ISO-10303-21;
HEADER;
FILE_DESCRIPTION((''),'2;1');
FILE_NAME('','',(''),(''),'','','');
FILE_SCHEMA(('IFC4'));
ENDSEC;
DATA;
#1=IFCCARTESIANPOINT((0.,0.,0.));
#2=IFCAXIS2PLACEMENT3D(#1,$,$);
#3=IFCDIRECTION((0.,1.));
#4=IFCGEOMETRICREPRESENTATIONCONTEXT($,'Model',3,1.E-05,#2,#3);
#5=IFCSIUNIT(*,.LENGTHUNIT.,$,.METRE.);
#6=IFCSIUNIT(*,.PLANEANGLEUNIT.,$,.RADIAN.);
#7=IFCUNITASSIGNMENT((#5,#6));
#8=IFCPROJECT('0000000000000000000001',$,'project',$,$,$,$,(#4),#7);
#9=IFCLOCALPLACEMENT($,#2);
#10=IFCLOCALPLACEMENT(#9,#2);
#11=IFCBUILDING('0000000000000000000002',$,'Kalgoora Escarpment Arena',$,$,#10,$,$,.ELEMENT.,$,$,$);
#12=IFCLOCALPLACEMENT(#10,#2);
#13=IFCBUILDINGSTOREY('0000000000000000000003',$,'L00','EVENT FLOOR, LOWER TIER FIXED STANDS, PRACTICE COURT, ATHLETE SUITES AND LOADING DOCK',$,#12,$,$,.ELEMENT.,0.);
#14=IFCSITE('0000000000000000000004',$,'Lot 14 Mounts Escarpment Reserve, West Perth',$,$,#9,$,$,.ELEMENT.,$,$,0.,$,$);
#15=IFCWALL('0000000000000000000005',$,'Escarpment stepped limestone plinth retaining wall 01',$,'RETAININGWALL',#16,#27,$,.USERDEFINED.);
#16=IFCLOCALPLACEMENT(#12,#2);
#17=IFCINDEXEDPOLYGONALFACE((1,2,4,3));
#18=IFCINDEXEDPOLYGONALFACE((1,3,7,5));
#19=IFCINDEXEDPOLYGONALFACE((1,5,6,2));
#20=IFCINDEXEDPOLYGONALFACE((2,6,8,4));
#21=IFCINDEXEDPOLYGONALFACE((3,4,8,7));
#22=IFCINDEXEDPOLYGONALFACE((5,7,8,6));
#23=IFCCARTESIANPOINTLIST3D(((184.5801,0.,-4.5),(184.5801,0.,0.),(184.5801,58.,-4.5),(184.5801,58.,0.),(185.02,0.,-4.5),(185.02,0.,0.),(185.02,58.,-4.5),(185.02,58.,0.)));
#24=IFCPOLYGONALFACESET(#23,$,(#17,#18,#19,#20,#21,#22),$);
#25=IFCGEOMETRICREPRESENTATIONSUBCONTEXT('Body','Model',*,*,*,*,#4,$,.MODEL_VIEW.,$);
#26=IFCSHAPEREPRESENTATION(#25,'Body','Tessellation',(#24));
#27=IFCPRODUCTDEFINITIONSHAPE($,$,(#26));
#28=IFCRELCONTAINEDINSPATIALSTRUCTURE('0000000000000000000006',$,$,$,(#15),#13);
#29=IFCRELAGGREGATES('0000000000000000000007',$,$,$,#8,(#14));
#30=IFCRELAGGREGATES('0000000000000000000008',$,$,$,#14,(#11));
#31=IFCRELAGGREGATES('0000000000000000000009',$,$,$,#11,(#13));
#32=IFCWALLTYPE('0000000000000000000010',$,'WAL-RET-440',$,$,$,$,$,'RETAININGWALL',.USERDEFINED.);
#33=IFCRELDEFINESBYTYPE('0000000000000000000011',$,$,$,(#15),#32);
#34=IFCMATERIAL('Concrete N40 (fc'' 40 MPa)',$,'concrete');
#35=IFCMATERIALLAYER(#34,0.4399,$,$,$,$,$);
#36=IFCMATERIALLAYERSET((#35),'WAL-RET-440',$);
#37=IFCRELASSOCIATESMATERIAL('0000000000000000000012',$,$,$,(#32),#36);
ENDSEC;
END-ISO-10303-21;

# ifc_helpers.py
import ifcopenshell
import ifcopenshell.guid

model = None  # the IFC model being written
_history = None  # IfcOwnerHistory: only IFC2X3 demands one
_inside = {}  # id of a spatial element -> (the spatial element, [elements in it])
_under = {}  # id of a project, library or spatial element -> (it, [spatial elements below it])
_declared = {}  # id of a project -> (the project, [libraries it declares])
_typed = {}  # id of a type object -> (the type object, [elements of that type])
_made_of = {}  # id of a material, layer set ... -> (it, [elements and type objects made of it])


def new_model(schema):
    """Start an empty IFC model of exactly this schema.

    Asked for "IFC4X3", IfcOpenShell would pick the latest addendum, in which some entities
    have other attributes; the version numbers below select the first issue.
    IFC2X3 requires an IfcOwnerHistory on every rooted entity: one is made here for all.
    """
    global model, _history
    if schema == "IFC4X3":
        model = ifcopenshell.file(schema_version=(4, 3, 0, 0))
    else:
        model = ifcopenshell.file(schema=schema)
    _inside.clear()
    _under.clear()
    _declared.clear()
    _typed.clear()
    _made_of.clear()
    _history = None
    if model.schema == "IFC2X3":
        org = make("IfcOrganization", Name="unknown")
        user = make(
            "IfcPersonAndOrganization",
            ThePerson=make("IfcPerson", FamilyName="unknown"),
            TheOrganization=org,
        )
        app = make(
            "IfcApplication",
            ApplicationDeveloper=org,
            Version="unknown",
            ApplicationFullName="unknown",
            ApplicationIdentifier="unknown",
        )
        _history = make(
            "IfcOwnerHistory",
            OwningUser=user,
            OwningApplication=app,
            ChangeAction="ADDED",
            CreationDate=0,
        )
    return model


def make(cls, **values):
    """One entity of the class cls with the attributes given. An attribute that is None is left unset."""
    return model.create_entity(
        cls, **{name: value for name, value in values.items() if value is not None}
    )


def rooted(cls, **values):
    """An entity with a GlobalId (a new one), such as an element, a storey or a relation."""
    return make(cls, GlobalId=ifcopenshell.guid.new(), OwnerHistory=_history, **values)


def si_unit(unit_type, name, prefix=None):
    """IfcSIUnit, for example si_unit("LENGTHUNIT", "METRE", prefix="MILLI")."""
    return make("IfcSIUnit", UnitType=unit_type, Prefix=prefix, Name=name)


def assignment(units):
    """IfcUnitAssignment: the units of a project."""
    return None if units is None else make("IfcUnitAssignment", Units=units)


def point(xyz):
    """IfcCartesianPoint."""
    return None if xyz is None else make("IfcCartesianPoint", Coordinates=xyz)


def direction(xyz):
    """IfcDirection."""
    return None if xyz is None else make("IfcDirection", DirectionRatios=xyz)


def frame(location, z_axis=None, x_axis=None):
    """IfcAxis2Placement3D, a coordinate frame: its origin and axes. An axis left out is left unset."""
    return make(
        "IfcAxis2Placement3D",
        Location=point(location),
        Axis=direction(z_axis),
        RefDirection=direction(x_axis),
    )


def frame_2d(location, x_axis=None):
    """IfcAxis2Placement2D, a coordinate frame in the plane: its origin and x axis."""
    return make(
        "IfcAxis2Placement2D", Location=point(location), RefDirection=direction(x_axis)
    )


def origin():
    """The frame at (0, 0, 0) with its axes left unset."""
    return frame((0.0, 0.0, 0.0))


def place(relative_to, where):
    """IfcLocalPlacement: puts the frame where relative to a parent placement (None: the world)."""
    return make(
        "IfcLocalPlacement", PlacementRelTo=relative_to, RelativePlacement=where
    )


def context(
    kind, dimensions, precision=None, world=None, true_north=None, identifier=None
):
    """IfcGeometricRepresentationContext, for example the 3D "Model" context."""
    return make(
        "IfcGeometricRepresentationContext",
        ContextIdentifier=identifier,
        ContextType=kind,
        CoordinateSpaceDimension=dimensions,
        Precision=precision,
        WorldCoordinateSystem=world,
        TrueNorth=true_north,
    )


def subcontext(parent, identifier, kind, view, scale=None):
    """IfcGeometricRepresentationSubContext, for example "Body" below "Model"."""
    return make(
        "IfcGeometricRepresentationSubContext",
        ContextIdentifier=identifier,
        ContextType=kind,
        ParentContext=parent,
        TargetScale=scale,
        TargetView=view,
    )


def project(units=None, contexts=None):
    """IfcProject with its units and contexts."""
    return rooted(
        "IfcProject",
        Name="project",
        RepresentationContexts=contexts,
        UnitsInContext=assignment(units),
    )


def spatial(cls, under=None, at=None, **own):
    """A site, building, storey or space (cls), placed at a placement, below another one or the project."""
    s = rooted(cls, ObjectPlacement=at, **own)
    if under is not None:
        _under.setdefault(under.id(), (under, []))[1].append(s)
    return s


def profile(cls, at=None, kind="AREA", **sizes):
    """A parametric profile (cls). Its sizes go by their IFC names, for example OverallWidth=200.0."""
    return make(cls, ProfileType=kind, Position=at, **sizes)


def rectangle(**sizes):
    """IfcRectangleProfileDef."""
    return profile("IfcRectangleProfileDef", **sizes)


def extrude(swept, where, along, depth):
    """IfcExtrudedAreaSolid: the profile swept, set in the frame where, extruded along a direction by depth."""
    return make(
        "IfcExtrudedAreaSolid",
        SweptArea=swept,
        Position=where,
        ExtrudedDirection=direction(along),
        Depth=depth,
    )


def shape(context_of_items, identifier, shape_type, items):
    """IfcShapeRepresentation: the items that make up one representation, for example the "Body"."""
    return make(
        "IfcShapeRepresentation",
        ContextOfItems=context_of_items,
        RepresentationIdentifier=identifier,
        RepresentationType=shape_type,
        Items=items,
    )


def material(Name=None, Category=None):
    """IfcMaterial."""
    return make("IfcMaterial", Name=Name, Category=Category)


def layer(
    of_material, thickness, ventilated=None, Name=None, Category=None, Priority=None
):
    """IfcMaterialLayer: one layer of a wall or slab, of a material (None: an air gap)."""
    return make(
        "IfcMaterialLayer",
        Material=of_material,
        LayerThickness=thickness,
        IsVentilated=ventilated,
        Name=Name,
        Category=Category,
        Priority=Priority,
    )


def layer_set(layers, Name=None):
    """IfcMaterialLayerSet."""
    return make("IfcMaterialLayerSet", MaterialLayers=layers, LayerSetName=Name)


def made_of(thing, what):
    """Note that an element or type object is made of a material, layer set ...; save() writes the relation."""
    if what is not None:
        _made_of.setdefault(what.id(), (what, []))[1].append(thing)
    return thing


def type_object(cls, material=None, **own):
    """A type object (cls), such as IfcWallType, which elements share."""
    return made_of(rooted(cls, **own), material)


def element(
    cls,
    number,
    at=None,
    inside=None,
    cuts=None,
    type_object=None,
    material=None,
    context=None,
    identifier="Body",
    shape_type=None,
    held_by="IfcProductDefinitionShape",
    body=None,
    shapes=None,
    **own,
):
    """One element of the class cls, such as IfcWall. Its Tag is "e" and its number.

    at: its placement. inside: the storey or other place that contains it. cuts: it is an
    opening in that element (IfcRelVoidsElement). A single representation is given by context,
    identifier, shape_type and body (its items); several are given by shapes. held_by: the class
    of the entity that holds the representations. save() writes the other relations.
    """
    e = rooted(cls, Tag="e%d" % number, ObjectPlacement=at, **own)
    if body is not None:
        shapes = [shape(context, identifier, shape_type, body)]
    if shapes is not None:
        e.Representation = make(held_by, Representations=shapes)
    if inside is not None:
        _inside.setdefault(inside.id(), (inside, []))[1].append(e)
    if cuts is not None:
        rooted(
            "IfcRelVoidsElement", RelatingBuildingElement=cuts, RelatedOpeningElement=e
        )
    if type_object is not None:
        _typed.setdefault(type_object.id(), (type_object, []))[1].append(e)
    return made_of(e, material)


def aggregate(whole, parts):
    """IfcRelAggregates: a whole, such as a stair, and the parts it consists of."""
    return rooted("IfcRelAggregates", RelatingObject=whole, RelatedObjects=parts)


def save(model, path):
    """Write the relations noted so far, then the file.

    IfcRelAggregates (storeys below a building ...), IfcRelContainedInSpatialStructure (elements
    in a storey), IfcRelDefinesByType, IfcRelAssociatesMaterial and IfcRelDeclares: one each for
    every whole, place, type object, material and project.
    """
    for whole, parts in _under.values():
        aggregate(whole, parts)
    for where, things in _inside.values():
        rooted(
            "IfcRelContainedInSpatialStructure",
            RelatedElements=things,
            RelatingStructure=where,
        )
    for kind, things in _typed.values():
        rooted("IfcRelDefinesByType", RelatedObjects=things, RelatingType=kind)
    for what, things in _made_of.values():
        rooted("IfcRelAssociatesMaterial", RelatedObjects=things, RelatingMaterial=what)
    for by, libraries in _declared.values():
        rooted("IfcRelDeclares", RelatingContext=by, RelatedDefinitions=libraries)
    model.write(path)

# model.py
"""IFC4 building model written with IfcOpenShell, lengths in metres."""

from ifc_helpers import new_model, si_unit, direction, frame, frame_2d, origin, place, context, subcontext, project, spatial, rectangle, extrude, material, layer, layer_set, type_object, element, save


model = new_model("IFC4")

# Units and contexts
model_context = context("Model", 3, precision=1e-05, world=origin(), true_north=direction((0.0, 1.0)))
body_context = subcontext(model_context, "Body", "Model", "MODEL_VIEW")
ifc_project = project(units=[si_unit("LENGTHUNIT", "METRE"), si_unit("PLANEANGLEUNIT", "RADIAN")], contexts=[model_context])

# Site, building, storey
site_placement = place(None, origin())
site = spatial("IfcSite", under=ifc_project, at=site_placement, Name="Lot 14 Mounts Escarpment Reserve, West Perth", CompositionType="ELEMENT", RefElevation=0.0)
building_placement = place(site_placement, origin())
building = spatial("IfcBuilding", under=site, at=building_placement, Name="Kalgoora Escarpment Arena", CompositionType="ELEMENT")
storey_placement = place(building_placement, origin())
storey = spatial("IfcBuildingStorey", under=building, at=storey_placement, Name="L00", Description="EVENT FLOOR, LOWER TIER FIXED STANDS, PRACTICE COURT, ATHLETE SUITES AND LOADING DOCK", CompositionType="ELEMENT", Elevation=0.0)

# Wall
ifc_material_1 = material(Name="Concrete N40 (fc' 40 MPa)", Category="concrete")
ifc_layer_1 = layer(ifc_material_1, 0.4399)
ifc_layer_set_1 = layer_set([ifc_layer_1], Name="WAL-RET-440")
wall_type_1 = type_object("IfcWallType", Name="WAL-RET-440", ElementType="RETAININGWALL", PredefinedType="USERDEFINED", material=ifc_layer_set_1)
wall_1_placement = place(storey_placement, frame((184.8, 58.0, -4.5), z_axis=(0.0, 0.0, 1.0), x_axis=(0.0, -1.0, 0.0)))
element("IfcWall", 1, at=wall_1_placement, inside=storey, type_object=wall_type_1, Name="Escarpment stepped limestone plinth retaining wall 01", ObjectType="RETAININGWALL", PredefinedType="USERDEFINED", context=body_context, shape_type="SweptSolid", body=[
    extrude(rectangle(XDim=58.0, YDim=0.4399, at=frame_2d((29.0, 0.0))), origin(), (0.0, 0.0, 1.0), 4.5),
])

save(model, "model.ifc")
